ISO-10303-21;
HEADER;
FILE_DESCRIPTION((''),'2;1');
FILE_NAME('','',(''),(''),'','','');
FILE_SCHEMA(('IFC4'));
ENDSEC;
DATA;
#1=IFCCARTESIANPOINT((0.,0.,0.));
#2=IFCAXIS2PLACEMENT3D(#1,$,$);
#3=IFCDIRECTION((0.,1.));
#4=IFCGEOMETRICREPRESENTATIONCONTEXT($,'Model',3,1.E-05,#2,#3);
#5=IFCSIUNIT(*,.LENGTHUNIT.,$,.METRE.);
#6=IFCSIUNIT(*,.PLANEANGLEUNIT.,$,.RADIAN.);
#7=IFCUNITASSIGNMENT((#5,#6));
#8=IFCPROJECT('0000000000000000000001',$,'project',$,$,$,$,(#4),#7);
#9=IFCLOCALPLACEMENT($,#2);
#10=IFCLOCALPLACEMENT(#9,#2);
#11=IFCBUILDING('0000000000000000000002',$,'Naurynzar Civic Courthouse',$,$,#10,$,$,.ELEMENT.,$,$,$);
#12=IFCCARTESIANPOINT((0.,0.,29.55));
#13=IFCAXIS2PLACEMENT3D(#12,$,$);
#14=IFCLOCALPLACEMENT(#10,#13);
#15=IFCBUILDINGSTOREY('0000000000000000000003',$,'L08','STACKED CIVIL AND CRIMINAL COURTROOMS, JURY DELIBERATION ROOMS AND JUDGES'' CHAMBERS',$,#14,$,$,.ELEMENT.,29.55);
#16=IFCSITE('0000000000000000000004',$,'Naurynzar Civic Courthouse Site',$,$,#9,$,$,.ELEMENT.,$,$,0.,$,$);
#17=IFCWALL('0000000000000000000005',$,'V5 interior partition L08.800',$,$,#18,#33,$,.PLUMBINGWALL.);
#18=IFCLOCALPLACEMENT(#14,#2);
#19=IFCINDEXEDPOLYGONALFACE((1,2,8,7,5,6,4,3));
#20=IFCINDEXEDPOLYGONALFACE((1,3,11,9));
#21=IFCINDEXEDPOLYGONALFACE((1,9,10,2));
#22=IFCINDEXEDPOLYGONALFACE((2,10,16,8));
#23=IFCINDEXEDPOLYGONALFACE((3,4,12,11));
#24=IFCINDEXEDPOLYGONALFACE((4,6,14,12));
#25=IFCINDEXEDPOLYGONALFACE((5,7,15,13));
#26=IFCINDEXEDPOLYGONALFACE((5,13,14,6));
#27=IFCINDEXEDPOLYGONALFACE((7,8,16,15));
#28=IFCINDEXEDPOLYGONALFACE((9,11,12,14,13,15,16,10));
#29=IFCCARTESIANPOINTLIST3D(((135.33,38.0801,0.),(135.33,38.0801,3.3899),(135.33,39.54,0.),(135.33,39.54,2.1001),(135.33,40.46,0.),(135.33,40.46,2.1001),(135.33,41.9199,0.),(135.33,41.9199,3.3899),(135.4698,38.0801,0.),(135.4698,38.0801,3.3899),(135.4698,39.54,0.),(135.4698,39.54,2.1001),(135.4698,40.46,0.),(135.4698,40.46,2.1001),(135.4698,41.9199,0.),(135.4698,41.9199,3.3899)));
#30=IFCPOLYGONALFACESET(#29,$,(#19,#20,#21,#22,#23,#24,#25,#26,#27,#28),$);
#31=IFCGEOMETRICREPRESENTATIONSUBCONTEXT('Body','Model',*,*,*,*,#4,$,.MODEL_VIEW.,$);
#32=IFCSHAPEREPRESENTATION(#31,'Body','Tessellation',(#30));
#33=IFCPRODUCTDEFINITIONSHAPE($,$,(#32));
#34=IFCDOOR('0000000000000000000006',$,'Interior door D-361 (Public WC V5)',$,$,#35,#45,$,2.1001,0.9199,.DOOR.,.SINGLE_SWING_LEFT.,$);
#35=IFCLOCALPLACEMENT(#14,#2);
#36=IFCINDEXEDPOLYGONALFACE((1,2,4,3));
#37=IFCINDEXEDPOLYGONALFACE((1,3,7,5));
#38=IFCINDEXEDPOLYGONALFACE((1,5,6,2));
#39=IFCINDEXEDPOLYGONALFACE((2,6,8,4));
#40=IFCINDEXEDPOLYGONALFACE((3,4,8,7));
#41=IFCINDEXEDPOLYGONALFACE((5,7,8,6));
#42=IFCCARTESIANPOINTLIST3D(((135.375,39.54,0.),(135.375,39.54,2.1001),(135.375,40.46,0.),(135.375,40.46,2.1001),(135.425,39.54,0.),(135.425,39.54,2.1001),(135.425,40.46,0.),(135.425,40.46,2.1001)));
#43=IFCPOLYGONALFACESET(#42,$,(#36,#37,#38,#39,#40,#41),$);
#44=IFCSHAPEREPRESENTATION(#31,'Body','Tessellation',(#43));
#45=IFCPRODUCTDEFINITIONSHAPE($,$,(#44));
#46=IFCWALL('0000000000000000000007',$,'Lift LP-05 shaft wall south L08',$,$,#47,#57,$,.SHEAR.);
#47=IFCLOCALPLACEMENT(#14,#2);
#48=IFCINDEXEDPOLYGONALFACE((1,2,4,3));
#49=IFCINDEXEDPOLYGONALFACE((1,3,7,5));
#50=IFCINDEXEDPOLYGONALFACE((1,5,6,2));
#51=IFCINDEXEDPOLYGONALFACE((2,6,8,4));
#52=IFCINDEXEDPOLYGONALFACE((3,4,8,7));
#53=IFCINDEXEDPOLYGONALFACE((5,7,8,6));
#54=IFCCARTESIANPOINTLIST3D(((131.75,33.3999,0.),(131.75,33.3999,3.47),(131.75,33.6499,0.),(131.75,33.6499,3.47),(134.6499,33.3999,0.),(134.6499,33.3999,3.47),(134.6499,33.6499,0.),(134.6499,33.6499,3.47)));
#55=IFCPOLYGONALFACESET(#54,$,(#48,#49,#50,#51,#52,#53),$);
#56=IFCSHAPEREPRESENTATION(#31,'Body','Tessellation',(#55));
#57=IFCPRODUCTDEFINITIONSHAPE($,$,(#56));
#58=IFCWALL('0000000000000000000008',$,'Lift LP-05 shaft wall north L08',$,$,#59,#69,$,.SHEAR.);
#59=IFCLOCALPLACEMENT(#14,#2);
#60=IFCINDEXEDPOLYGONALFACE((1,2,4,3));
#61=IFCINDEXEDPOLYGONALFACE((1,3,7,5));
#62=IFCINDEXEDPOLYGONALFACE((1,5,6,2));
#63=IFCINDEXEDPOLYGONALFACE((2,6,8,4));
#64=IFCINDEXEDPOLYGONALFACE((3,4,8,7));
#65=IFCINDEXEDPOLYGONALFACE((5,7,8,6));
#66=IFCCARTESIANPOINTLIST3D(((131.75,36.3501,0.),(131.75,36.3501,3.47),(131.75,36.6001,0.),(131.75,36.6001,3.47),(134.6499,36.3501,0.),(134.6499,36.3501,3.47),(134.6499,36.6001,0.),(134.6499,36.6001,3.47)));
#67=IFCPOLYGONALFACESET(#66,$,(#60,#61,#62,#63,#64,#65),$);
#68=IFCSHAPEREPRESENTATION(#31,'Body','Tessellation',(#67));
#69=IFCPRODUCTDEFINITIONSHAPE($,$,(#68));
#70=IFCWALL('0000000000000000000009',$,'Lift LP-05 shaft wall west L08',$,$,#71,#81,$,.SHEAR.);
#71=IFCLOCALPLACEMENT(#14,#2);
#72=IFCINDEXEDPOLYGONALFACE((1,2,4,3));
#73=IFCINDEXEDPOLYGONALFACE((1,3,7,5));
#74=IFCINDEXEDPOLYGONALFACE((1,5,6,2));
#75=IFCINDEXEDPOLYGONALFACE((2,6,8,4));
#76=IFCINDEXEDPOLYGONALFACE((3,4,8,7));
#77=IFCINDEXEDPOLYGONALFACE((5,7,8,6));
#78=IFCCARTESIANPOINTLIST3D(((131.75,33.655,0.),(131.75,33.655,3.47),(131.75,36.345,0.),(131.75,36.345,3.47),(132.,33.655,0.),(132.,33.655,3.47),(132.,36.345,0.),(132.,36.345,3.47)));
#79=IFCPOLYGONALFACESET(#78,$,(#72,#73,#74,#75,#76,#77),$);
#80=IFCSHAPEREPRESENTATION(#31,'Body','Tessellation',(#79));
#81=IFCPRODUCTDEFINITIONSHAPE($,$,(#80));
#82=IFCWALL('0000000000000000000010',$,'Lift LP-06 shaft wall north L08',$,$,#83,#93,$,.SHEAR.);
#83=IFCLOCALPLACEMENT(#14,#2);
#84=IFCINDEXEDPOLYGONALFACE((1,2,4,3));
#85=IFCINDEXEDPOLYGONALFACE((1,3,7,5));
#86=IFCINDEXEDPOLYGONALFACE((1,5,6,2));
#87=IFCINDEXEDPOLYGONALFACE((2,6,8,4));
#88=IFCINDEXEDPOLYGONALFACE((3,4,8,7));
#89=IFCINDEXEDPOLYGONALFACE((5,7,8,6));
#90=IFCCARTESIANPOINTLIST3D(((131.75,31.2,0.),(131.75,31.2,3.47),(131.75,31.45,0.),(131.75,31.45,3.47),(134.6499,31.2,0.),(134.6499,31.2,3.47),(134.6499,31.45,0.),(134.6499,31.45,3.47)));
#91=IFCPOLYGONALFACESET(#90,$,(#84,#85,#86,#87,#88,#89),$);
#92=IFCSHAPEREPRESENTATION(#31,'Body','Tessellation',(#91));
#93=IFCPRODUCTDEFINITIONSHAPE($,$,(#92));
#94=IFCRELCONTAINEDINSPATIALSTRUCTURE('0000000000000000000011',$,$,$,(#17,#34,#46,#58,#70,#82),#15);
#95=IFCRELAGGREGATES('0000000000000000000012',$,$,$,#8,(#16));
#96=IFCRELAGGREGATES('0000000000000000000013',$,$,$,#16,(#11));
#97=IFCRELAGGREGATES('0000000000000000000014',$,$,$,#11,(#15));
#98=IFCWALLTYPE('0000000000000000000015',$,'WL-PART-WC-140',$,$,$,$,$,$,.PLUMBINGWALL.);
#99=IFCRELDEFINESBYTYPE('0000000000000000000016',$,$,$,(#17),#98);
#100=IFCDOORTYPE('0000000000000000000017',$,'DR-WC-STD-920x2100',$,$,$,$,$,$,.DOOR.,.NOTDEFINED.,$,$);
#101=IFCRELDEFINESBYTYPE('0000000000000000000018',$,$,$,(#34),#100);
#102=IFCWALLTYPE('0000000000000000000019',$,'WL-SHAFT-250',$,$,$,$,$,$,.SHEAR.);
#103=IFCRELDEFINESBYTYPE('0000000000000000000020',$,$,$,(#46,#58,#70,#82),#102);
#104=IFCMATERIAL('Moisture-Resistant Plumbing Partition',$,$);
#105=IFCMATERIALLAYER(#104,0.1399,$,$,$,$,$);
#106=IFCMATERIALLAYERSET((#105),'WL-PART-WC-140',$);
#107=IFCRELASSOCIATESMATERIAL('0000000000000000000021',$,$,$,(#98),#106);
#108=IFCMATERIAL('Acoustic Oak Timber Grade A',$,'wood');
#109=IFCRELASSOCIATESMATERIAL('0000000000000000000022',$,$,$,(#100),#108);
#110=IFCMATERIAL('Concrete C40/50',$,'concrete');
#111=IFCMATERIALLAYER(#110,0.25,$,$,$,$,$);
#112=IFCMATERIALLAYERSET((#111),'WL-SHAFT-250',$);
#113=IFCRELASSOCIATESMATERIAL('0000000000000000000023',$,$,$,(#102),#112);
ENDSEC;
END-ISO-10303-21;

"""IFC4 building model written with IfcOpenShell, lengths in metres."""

from ifc_helpers import new_model, si_unit, direction, frame, frame_2d, origin, place, context, subcontext, project, spatial, rectangle, extrude, material, layer, layer_set, type_object, element, fill, save


model = new_model("IFC4")

# Units and contexts
model_context = context("Model", 3, precision=1e-05, world=origin(), true_north=direction((0.0, 1.0)))
body_context = subcontext(model_context, "Body", "Model", "MODEL_VIEW")
ifc_project = project(units=[si_unit("LENGTHUNIT", "METRE"), si_unit("PLANEANGLEUNIT", "RADIAN")], contexts=[model_context])

# Site, building, storey
site_placement = place(None, origin())
site = spatial("IfcSite", under=ifc_project, at=site_placement, Name="Naurynzar Civic Courthouse Site", CompositionType="ELEMENT", RefElevation=0.0)
building_placement = place(site_placement, origin())
building = spatial("IfcBuilding", under=site, at=building_placement, Name="Naurynzar Civic Courthouse", CompositionType="ELEMENT")
storey_placement = place(building_placement, frame((0.0, 0.0, 29.55)))
storey = spatial("IfcBuildingStorey", under=building, at=storey_placement, Name="L08", Description="STACKED CIVIL AND CRIMINAL COURTROOMS, JURY DELIBERATION ROOMS AND JUDGES' CHAMBERS", CompositionType="ELEMENT", Elevation=29.55)

# Shared definitions
ifc_material_1 = material(Name="Moisture-Resistant Plumbing Partition")
ifc_layer_1 = layer(ifc_material_1, 0.1399)
ifc_layer_set_1 = layer_set([ifc_layer_1], Name="WL-PART-WC-140")
wall_type_1 = type_object("IfcWallType", Name="WL-PART-WC-140", PredefinedType="PLUMBINGWALL", material=ifc_layer_set_1)

# Wall, opening, door
wall_1_placement = place(storey_placement, frame((135.3999, 38.0801, 0.0), z_axis=(0.0, 0.0, 1.0), x_axis=(0.0, 1.0, 0.0)))
wall_1 = element("IfcWall", 1, at=wall_1_placement, inside=storey, type_object=wall_type_1, Name="V5 interior partition L08.800", PredefinedType="PLUMBINGWALL", context=body_context, shape_type="SweptSolid", body=[
    extrude(rectangle(XDim=3.8398, YDim=0.1399, at=frame_2d((1.9199, 0.0))), origin(), (0.0, 0.0, 1.0), 3.3899),
])
opening_1_placement = place(wall_1_placement, frame((1.46, 0.0, 0.0)))
opening_1 = element("IfcOpeningElement", 2, at=opening_1_placement, cuts=wall_1, PredefinedType="OPENING", context=body_context, shape_type="SweptSolid", body=[
    extrude(rectangle(XDim=0.9199, YDim=2.1001, at=frame_2d((0.46, 1.05))), frame((0.0, 0.0798, 0.0), z_axis=(0.0, -1.0, 0.0), x_axis=(1.0, 0.0, 0.0)), (0.0, 0.0, 1.0), 0.1599),
])
ifc_material_2 = material(Name="Acoustic Oak Timber Grade A", Category="wood")
door_type_1 = type_object("IfcDoorType", Name="DR-WC-STD-920x2100", OperationType="NOTDEFINED", PredefinedType="DOOR", material=ifc_material_2)
door_1_placement = place(opening_1_placement, origin())
door_1 = element("IfcDoor", 3, at=door_1_placement, inside=storey, type_object=door_type_1, Name="Interior door D-361 (Public WC V5)", OperationType="SINGLE_SWING_LEFT", OverallHeight=2.1001, OverallWidth=0.9199, PredefinedType="DOOR", context=body_context, shape_type="SweptSolid", body=[
    extrude(rectangle(XDim=0.9199, YDim=2.1001, at=frame_2d((0.46, 1.05))), frame((0.0, 0.0249, 0.0), z_axis=(0.0, -1.0, 0.0), x_axis=(1.0, 0.0, 0.0)), (0.0, 0.0, 1.0), 0.05),
])
fill(opening_1, door_1)

# Walls
ifc_material_3 = material(Name="Concrete C40/50", Category="concrete")
ifc_layer_2 = layer(ifc_material_3, 0.25)
ifc_layer_set_2 = layer_set([ifc_layer_2], Name="WL-SHAFT-250")
wall_type_2 = type_object("IfcWallType", Name="WL-SHAFT-250", PredefinedType="SHEAR", material=ifc_layer_set_2)
for number, where, z_axis, x_axis, name in (
    (4, (131.75, 33.5249, 0.0), (0.0, 0.0, 1.0), (1.0, 0.0, 0.0), "Lift LP-05 shaft wall south L08"),
    (5, (134.6499, 36.4751, 0.0), (0.0, 0.0, 1.0), (-1.0, 0.0, 0.0), "Lift LP-05 shaft wall north L08"),
):
    element("IfcWall", number, at=place(storey_placement, frame(where, z_axis=z_axis, x_axis=x_axis)), inside=storey, type_object=wall_type_2, Name=name, PredefinedType="SHEAR", context=body_context, shape_type="SweptSolid", body=[
        extrude(rectangle(XDim=2.8999, YDim=0.25, at=frame_2d((1.45, 0.0))), origin(), (0.0, 0.0, 1.0), 3.47),
    ])
wall_2_placement = place(storey_placement, frame((131.875, 36.345, 0.0), z_axis=(0.0, 0.0, 1.0), x_axis=(0.0, -1.0, 0.0)))
element("IfcWall", 6, at=wall_2_placement, inside=storey, type_object=wall_type_2, Name="Lift LP-05 shaft wall west L08", PredefinedType="SHEAR", context=body_context, shape_type="SweptSolid", body=[
    extrude(rectangle(XDim=2.6899, YDim=0.25, at=frame_2d((1.345, 0.0))), origin(), (0.0, 0.0, 1.0), 3.47),
])

# Wall
wall_3_placement = place(storey_placement, frame((134.6499, 31.325, 0.0), z_axis=(0.0, 0.0, 1.0), x_axis=(-1.0, 0.0, 0.0)))
element("IfcWall", 7, at=wall_3_placement, inside=storey, type_object=wall_type_2, Name="Lift LP-06 shaft wall north L08", PredefinedType="SHEAR", context=body_context, shape_type="SweptSolid", body=[
    extrude(rectangle(XDim=2.8999, YDim=0.25, at=frame_2d((1.45, 0.0))), origin(), (0.0, 0.0, 1.0), 3.47),
])

save(model, "model.ifc")
